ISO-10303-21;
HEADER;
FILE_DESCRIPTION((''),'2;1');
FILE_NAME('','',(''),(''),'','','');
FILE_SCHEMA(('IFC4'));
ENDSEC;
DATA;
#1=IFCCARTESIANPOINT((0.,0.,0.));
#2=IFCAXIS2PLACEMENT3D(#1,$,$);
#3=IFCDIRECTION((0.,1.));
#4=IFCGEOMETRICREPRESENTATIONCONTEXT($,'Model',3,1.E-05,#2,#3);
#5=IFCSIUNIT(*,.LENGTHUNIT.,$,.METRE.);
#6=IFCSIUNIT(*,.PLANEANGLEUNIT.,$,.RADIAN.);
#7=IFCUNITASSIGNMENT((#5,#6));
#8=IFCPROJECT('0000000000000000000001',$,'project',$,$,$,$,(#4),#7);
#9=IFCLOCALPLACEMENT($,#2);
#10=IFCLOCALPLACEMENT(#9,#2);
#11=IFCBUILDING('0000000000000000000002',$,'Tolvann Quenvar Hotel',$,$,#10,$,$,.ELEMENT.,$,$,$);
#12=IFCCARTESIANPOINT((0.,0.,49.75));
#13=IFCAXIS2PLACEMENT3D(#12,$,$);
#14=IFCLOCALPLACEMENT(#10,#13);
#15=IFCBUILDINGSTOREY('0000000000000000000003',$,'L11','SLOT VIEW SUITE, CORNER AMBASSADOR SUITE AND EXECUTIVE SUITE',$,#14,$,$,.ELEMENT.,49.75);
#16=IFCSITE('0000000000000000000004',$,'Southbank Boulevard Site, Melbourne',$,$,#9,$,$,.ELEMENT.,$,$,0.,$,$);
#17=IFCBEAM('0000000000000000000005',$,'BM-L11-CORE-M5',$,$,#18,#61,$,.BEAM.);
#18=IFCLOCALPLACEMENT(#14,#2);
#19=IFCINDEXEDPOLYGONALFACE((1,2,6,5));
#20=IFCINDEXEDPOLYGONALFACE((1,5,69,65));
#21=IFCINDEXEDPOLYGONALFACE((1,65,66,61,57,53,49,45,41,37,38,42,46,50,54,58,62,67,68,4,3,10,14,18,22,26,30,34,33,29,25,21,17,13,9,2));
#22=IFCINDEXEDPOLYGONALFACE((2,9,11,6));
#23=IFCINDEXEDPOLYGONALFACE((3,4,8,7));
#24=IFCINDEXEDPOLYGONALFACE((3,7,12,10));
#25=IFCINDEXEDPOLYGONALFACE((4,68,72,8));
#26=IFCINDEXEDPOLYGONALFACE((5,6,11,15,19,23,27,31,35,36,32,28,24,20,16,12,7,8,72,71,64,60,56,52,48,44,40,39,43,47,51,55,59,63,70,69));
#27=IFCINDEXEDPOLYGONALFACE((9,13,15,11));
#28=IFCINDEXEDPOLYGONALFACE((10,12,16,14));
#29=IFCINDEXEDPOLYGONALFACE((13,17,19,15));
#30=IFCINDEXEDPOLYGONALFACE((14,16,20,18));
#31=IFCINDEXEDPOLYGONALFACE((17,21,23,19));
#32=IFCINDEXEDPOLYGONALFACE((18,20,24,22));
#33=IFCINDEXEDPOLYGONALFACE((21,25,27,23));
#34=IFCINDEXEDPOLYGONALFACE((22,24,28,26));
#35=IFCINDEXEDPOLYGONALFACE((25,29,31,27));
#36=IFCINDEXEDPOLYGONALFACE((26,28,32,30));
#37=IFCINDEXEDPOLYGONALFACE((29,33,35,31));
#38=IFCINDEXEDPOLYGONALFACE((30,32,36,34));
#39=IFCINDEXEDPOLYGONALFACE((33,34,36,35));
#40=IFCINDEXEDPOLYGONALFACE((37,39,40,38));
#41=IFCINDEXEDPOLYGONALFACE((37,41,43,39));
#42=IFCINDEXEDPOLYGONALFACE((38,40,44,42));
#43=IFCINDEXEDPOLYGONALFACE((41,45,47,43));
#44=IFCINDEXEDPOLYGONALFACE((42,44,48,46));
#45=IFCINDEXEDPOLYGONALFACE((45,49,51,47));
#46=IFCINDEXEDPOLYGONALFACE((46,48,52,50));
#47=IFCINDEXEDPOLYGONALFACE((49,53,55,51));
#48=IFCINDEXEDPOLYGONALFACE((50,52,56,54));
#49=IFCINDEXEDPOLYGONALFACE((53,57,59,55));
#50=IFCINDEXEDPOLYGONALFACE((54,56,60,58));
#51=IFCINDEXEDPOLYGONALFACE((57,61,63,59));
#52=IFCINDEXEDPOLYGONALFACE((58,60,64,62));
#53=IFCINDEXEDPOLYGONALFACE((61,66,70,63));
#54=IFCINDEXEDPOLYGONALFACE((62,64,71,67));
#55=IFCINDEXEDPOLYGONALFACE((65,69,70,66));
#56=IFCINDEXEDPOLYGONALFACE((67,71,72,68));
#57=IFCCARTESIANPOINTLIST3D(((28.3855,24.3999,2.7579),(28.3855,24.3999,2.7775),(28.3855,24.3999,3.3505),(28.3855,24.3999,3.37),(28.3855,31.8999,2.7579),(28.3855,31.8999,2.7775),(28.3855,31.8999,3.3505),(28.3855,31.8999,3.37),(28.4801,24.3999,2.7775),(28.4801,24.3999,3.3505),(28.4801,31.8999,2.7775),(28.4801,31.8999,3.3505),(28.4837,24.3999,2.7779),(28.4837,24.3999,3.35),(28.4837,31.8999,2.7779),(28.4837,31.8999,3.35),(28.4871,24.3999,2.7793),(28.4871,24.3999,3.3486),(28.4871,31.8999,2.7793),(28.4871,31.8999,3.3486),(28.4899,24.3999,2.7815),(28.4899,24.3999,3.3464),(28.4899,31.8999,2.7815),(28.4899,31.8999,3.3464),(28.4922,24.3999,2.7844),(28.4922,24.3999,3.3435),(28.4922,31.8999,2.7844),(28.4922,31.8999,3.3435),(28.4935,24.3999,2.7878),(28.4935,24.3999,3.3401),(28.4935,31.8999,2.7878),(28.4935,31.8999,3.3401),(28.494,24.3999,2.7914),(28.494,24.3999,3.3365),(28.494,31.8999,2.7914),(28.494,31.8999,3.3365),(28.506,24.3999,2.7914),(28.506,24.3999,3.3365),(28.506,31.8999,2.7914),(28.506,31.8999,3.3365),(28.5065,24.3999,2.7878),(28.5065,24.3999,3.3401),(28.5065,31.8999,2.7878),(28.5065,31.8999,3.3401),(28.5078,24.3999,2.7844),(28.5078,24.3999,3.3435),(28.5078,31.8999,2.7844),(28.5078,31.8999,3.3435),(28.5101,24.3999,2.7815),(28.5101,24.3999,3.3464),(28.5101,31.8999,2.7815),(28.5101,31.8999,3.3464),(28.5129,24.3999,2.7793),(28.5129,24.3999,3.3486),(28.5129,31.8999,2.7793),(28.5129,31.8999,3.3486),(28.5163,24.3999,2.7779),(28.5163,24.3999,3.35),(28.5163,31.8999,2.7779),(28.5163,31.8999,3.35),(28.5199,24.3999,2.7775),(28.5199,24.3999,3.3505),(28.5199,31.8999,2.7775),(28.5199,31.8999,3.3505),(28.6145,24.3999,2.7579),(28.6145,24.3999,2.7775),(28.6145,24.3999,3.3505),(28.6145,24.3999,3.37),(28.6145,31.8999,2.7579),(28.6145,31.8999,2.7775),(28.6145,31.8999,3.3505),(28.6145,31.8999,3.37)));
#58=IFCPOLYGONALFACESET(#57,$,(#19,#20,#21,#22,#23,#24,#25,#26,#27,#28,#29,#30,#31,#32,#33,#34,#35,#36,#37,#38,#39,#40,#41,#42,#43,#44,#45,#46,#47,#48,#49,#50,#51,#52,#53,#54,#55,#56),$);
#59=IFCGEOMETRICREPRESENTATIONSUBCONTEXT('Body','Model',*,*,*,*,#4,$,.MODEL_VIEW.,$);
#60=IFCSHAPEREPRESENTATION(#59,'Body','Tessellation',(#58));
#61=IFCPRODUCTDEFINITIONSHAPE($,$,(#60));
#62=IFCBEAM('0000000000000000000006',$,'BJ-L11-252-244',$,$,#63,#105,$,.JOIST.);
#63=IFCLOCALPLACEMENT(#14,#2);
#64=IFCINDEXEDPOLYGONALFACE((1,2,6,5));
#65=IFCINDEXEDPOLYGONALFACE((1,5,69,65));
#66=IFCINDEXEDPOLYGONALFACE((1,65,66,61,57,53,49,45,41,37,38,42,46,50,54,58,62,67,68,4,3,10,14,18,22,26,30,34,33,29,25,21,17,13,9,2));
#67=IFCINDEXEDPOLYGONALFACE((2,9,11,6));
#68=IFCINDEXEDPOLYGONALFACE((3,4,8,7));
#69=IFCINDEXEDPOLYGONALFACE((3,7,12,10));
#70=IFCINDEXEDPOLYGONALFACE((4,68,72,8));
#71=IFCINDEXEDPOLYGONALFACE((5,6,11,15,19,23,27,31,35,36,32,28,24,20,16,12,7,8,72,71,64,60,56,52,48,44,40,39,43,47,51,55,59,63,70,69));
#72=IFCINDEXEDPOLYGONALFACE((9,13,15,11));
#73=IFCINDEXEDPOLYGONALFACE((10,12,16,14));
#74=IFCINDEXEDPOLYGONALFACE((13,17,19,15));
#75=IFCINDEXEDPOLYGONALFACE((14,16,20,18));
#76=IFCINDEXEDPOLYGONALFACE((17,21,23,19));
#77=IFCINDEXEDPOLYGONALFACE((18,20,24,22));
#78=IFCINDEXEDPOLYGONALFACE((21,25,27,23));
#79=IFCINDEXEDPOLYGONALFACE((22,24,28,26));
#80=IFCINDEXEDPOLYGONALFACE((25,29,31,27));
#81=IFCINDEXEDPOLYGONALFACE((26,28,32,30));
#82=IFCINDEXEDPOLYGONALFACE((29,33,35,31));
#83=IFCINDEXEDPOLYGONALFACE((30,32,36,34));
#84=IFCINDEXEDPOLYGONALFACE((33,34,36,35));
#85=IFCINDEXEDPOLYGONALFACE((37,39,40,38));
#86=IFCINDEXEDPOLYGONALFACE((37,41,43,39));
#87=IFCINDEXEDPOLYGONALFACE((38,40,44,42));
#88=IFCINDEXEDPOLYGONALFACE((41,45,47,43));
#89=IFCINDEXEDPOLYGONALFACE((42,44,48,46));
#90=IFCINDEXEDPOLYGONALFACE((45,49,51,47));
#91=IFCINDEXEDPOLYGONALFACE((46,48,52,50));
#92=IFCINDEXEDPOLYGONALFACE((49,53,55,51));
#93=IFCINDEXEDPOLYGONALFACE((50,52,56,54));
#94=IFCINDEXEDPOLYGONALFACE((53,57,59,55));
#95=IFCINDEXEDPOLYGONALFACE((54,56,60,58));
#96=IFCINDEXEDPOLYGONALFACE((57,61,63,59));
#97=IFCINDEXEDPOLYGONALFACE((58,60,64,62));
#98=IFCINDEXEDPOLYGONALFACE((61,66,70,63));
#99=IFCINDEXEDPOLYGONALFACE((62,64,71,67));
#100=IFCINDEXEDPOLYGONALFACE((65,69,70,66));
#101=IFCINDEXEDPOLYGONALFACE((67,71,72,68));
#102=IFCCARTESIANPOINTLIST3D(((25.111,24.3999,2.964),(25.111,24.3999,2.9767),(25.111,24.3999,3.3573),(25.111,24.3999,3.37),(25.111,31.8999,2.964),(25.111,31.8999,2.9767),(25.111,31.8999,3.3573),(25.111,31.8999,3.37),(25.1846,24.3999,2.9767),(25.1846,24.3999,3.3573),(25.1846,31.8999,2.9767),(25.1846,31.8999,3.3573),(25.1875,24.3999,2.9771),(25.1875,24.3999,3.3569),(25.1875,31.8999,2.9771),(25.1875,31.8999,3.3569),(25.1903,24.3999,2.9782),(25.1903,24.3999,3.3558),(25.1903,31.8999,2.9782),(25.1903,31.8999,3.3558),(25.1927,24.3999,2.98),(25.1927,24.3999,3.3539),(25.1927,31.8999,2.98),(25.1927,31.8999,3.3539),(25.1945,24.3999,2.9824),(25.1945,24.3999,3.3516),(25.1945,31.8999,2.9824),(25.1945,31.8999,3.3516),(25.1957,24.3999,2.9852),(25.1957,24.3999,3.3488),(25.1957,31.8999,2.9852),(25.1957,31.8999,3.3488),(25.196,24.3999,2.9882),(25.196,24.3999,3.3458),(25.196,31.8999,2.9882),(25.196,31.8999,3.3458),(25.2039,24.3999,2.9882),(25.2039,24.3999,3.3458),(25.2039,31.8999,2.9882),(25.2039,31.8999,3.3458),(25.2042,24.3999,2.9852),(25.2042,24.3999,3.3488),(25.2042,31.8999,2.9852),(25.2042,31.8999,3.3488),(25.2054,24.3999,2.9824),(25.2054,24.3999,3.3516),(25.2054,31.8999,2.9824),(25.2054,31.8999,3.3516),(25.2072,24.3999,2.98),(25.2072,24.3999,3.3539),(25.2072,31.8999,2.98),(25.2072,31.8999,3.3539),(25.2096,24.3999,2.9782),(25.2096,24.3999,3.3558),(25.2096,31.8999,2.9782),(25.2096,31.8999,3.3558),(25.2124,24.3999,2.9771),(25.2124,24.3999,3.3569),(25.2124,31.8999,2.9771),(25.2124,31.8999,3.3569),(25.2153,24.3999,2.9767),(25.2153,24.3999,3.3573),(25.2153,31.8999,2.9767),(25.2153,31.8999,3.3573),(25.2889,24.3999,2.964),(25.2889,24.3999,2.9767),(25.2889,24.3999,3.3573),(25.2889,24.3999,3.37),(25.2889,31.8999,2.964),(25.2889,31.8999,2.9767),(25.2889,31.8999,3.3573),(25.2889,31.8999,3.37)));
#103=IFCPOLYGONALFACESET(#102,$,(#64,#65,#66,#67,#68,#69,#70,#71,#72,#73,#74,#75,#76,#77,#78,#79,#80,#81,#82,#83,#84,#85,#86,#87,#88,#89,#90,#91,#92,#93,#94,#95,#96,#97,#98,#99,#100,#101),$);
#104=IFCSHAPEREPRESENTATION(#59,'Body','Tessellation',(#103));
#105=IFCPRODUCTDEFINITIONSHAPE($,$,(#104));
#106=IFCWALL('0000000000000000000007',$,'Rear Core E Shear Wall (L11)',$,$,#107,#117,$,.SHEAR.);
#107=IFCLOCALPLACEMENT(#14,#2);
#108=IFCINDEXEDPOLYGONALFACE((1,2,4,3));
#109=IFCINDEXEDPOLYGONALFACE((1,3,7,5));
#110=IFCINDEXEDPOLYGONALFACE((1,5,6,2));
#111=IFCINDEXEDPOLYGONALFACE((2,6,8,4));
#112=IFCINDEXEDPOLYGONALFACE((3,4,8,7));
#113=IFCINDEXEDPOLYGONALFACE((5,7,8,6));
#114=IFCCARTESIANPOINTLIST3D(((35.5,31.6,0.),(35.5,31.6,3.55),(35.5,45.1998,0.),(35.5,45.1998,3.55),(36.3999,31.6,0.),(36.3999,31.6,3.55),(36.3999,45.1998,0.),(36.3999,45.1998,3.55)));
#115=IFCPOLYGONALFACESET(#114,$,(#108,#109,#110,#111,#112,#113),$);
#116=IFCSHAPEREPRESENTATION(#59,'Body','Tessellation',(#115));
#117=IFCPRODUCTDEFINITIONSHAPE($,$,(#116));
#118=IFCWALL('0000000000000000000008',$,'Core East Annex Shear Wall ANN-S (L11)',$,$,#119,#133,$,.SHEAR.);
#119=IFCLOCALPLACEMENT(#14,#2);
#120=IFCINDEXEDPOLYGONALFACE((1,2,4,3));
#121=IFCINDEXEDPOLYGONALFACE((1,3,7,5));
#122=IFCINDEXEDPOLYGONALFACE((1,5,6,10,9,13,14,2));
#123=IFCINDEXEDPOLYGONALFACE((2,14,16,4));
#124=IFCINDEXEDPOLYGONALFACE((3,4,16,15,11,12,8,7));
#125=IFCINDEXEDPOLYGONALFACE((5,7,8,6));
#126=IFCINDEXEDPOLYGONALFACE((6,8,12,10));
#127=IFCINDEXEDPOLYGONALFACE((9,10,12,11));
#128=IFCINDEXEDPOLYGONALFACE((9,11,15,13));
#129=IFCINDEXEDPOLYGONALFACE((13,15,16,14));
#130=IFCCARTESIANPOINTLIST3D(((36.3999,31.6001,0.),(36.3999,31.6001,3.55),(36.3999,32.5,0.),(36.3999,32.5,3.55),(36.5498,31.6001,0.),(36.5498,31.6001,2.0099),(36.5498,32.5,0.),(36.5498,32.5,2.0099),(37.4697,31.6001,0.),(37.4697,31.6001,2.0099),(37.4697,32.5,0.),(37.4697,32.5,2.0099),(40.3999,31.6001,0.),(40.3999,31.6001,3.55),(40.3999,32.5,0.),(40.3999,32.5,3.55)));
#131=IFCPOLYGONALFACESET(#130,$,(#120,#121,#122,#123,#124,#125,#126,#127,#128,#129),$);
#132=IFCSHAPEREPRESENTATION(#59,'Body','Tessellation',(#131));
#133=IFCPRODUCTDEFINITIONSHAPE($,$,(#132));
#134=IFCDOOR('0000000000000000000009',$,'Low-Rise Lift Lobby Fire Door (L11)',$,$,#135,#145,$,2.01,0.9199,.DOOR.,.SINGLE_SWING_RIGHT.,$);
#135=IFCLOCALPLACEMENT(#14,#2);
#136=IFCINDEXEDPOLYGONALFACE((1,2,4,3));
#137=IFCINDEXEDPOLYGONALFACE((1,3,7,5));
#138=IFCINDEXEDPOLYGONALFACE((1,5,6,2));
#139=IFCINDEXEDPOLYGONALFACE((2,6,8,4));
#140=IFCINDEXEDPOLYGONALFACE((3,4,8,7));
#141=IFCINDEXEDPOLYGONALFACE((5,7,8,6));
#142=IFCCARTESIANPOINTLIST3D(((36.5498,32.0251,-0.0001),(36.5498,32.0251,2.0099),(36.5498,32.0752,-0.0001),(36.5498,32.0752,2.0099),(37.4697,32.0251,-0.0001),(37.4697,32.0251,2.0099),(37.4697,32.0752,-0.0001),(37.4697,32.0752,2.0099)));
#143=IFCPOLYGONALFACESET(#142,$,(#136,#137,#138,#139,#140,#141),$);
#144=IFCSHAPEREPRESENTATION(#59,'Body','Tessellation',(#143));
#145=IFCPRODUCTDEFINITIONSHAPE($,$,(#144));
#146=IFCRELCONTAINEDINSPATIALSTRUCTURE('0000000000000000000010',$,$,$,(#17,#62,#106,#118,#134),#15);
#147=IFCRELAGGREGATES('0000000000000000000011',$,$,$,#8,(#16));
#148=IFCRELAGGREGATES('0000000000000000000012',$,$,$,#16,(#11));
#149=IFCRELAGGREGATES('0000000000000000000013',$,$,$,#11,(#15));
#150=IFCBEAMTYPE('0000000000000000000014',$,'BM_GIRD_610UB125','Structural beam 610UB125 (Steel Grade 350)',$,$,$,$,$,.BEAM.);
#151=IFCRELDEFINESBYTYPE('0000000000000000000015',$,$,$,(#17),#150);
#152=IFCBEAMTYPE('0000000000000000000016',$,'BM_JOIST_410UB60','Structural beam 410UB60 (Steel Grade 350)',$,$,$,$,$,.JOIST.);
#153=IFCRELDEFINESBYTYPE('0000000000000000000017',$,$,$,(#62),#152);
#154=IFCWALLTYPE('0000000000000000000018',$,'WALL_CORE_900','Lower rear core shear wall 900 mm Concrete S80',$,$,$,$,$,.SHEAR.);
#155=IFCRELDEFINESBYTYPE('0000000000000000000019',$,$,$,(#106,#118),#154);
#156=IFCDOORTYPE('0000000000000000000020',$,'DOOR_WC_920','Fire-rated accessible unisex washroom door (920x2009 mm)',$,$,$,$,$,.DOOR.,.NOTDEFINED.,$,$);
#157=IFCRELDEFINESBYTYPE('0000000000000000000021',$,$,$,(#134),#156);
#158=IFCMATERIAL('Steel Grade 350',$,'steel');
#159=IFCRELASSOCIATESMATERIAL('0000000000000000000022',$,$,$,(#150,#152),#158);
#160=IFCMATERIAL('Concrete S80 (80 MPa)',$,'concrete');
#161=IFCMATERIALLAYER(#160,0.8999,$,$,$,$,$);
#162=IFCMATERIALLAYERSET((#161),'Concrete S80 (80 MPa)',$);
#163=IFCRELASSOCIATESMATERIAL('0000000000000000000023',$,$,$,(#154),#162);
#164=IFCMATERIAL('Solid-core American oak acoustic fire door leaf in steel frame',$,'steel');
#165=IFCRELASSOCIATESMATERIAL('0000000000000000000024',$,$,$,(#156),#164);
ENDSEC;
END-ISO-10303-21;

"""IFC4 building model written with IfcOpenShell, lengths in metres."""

from ifc_helpers import new_model, si_unit, direction, frame, frame_2d, origin, origin_2d, place, context, subcontext, project, spatial, rectangle, i_section, extrude, source, transform, mapped, material, layer, layer_set, material_profile, profile_set, type_object, type_shapes, element, fill, save


model = new_model("IFC4")

# Units and contexts
model_context = context("Model", 3, precision=1e-05, world=origin(), true_north=direction((0.0, 1.0)))
body_context = subcontext(model_context, "Body", "Model", "MODEL_VIEW")
ifc_project = project(units=[si_unit("LENGTHUNIT", "METRE"), si_unit("PLANEANGLEUNIT", "RADIAN")], contexts=[model_context])

# Site, building, storey
site_placement = place(None, origin())
site = spatial("IfcSite", under=ifc_project, at=site_placement, Name="Southbank Boulevard Site, Melbourne", CompositionType="ELEMENT", RefElevation=0.0)
building_placement = place(site_placement, origin())
building = spatial("IfcBuilding", under=site, at=building_placement, Name="Tolvann Quenvar Hotel", CompositionType="ELEMENT")
storey_placement = place(building_placement, frame((0.0, 0.0, 49.75)))
storey = spatial("IfcBuildingStorey", under=building, at=storey_placement, Name="L11", Description="SLOT VIEW SUITE, CORNER AMBASSADOR SUITE AND EXECUTIVE SUITE", CompositionType="ELEMENT", Elevation=49.75)

# Shared definitions
ifc_material_1 = material(Name="Steel Grade 350", Category="steel")

# Beams
ifc_material_profile_1 = material_profile(ifc_material_1, i_section(OverallWidth=0.229, OverallDepth=0.6121, WebThickness=0.012, FlangeThickness=0.0195, FilletRadius=0.0139, at=origin_2d()), Name="610UB125")
ifc_profile_set_1 = profile_set([ifc_material_profile_1], Name="Steel Grade 350")
beam_type_1 = type_object("IfcBeamType", Name="BM_GIRD_610UB125", Description="Structural beam 610UB125 (Steel Grade 350)", PredefinedType="BEAM", material=ifc_profile_set_1)
shared_shape_1 = source(origin(), body_context, "Body", "SweptSolid", [
    extrude(i_section(OverallWidth=0.229, OverallDepth=0.6121, WebThickness=0.012, FlangeThickness=0.0195, FilletRadius=0.0139, at=origin_2d()), origin(), (0.0, 0.0, 1.0), 7.5),
])
for number, where, z_axis, x_axis, name in (
    (1, (28.5, 24.3999, 3.064), (0.0, 1.0, 0.0), (-1.0, 0.0, 0.0), "BM-L11-CORE-M5"),
):
    element("IfcBeam", number, at=place(storey_placement, frame(where, z_axis=z_axis, x_axis=x_axis)), inside=storey, type_object=beam_type_1, Name=name, PredefinedType="BEAM", context=body_context, shape_type="MappedRepresentation", body=[
        mapped(shared_shape_1, transform((0.0, 0.0, 0.0), x_axis=(1.0, 0.0, 0.0), y_axis=(0.0, 1.0, 0.0), z_axis=(0.0, 0.0, 1.0), scale=1.0)),
    ])
ifc_material_profile_2 = material_profile(ifc_material_1, i_section(OverallWidth=0.178, OverallDepth=0.406, WebThickness=0.0078, FlangeThickness=0.0127, FilletRadius=0.0115, at=origin_2d()), Name="410UB60")
ifc_profile_set_2 = profile_set([ifc_material_profile_2], Name="Steel Grade 350")
beam_type_2 = type_object("IfcBeamType", Name="BM_JOIST_410UB60", Description="Structural beam 410UB60 (Steel Grade 350)", PredefinedType="JOIST", material=ifc_profile_set_2)
shared_shape_2 = source(origin(), body_context, "Body", "SweptSolid", [
    extrude(i_section(OverallWidth=0.178, OverallDepth=0.406, WebThickness=0.0078, FlangeThickness=0.0127, FilletRadius=0.0115, at=origin_2d()), origin(), (0.0, 0.0, 1.0), 7.5),
])
type_shapes(beam_type_2, [shared_shape_2])
beam_1_placement = place(storey_placement, frame((25.2, 24.3999, 3.167), z_axis=(0.0, 1.0, 0.0), x_axis=(-1.0, 0.0, 0.0)))
element("IfcBeam", 2, at=beam_1_placement, inside=storey, type_object=beam_type_2, Name="BJ-L11-252-244", PredefinedType="JOIST", context=body_context, shape_type="MappedRepresentation", body=[
    mapped(shared_shape_2, transform((0.0, 0.0, 0.0), x_axis=(1.0, 0.0, 0.0), y_axis=(0.0, 1.0, 0.0), z_axis=(0.0, 0.0, 1.0), scale=1.0)),
])

# Wall
ifc_material_2 = material(Name="Concrete S80 (80 MPa)", Category="concrete")
ifc_layer_1 = layer(ifc_material_2, 0.8999)
ifc_layer_set_1 = layer_set([ifc_layer_1], Name="Concrete S80 (80 MPa)")
wall_type_1 = type_object("IfcWallType", Name="WALL_CORE_900", Description="Lower rear core shear wall 900 mm Concrete S80", PredefinedType="SHEAR", material=ifc_layer_set_1)
wall_1_placement = place(storey_placement, frame((35.95, 31.6001, 0.0), z_axis=(0.0, 0.0, 1.0), x_axis=(0.0, 1.0, 0.0)))
element("IfcWall", 3, at=wall_1_placement, inside=storey, type_object=wall_type_1, Name="Rear Core E Shear Wall (L11)", PredefinedType="SHEAR", context=body_context, shape_type="SweptSolid", body=[
    extrude(rectangle(XDim=13.5999, YDim=0.8999, at=frame_2d((6.7998, 0.0))), origin(), (0.0, 0.0, 1.0), 3.55),
])

# Wall, opening, door
wall_2_placement = place(storey_placement, frame((36.3999, 32.05, 0.0), z_axis=(0.0, 0.0, 1.0), x_axis=(1.0, 0.0, 0.0)))
wall_2 = element("IfcWall", 4, at=wall_2_placement, inside=storey, type_object=wall_type_1, Name="Core East Annex Shear Wall ANN-S (L11)", PredefinedType="SHEAR", context=body_context, shape_type="SweptSolid", body=[
    extrude(rectangle(XDim=4.0, YDim=0.8999, at=frame_2d((2.0, 0.0))), origin(), (0.0, 0.0, 1.0), 3.55),
])
opening_1_placement = place(wall_2_placement, frame((1.0698, 0.0, 0.0), z_axis=(0.0, 0.0, 1.0), x_axis=(-1.0, 0.0, 0.0)))
opening_1 = element("IfcOpeningElement", 5, at=opening_1_placement, cuts=wall_2, PredefinedType="OPENING", context=body_context, shape_type="SweptSolid", body=[
    extrude(rectangle(XDim=0.9199, YDim=2.01, at=frame_2d((0.46, 1.0049))), frame((0.0, 0.46, 0.0), z_axis=(0.0, -1.0, 0.0), x_axis=(1.0, 0.0, 0.0)), (0.0, 0.0, 1.0), 0.9199),
])
ifc_material_3 = material(Name="Solid-core American oak acoustic fire door leaf in steel frame", Category="steel")
door_type_1 = type_object("IfcDoorType", Name="DOOR_WC_920", Description="Fire-rated accessible unisex washroom door (920x2009 mm)", OperationType="NOTDEFINED", PredefinedType="DOOR", material=ifc_material_3)
shared_shape_3 = source(origin(), body_context, "Body", "SweptSolid", [
    extrude(rectangle(XDim=0.9199, YDim=2.01, at=frame_2d((0.46, 1.0049))), frame((0.0, 0.0249, 0.0), z_axis=(0.0, -1.0, 0.0), x_axis=(1.0, 0.0, 0.0)), (0.0, 0.0, 1.0), 0.05),
])
type_shapes(door_type_1, [shared_shape_3])
door_1_placement = place(opening_1_placement, origin())
door_1 = element("IfcDoor", 6, at=door_1_placement, inside=storey, type_object=door_type_1, Name="Low-Rise Lift Lobby Fire Door (L11)", OperationType="SINGLE_SWING_RIGHT", OverallHeight=2.01, OverallWidth=0.9199, PredefinedType="DOOR", context=body_context, shape_type="MappedRepresentation", body=[
    mapped(shared_shape_3, transform((0.0, 0.0, 0.0), x_axis=(1.0, 0.0, 0.0), y_axis=(0.0, 1.0, 0.0), z_axis=(0.0, 0.0, 1.0), scale=1.0)),
])
fill(opening_1, door_1)

save(model, "model.ifc")
